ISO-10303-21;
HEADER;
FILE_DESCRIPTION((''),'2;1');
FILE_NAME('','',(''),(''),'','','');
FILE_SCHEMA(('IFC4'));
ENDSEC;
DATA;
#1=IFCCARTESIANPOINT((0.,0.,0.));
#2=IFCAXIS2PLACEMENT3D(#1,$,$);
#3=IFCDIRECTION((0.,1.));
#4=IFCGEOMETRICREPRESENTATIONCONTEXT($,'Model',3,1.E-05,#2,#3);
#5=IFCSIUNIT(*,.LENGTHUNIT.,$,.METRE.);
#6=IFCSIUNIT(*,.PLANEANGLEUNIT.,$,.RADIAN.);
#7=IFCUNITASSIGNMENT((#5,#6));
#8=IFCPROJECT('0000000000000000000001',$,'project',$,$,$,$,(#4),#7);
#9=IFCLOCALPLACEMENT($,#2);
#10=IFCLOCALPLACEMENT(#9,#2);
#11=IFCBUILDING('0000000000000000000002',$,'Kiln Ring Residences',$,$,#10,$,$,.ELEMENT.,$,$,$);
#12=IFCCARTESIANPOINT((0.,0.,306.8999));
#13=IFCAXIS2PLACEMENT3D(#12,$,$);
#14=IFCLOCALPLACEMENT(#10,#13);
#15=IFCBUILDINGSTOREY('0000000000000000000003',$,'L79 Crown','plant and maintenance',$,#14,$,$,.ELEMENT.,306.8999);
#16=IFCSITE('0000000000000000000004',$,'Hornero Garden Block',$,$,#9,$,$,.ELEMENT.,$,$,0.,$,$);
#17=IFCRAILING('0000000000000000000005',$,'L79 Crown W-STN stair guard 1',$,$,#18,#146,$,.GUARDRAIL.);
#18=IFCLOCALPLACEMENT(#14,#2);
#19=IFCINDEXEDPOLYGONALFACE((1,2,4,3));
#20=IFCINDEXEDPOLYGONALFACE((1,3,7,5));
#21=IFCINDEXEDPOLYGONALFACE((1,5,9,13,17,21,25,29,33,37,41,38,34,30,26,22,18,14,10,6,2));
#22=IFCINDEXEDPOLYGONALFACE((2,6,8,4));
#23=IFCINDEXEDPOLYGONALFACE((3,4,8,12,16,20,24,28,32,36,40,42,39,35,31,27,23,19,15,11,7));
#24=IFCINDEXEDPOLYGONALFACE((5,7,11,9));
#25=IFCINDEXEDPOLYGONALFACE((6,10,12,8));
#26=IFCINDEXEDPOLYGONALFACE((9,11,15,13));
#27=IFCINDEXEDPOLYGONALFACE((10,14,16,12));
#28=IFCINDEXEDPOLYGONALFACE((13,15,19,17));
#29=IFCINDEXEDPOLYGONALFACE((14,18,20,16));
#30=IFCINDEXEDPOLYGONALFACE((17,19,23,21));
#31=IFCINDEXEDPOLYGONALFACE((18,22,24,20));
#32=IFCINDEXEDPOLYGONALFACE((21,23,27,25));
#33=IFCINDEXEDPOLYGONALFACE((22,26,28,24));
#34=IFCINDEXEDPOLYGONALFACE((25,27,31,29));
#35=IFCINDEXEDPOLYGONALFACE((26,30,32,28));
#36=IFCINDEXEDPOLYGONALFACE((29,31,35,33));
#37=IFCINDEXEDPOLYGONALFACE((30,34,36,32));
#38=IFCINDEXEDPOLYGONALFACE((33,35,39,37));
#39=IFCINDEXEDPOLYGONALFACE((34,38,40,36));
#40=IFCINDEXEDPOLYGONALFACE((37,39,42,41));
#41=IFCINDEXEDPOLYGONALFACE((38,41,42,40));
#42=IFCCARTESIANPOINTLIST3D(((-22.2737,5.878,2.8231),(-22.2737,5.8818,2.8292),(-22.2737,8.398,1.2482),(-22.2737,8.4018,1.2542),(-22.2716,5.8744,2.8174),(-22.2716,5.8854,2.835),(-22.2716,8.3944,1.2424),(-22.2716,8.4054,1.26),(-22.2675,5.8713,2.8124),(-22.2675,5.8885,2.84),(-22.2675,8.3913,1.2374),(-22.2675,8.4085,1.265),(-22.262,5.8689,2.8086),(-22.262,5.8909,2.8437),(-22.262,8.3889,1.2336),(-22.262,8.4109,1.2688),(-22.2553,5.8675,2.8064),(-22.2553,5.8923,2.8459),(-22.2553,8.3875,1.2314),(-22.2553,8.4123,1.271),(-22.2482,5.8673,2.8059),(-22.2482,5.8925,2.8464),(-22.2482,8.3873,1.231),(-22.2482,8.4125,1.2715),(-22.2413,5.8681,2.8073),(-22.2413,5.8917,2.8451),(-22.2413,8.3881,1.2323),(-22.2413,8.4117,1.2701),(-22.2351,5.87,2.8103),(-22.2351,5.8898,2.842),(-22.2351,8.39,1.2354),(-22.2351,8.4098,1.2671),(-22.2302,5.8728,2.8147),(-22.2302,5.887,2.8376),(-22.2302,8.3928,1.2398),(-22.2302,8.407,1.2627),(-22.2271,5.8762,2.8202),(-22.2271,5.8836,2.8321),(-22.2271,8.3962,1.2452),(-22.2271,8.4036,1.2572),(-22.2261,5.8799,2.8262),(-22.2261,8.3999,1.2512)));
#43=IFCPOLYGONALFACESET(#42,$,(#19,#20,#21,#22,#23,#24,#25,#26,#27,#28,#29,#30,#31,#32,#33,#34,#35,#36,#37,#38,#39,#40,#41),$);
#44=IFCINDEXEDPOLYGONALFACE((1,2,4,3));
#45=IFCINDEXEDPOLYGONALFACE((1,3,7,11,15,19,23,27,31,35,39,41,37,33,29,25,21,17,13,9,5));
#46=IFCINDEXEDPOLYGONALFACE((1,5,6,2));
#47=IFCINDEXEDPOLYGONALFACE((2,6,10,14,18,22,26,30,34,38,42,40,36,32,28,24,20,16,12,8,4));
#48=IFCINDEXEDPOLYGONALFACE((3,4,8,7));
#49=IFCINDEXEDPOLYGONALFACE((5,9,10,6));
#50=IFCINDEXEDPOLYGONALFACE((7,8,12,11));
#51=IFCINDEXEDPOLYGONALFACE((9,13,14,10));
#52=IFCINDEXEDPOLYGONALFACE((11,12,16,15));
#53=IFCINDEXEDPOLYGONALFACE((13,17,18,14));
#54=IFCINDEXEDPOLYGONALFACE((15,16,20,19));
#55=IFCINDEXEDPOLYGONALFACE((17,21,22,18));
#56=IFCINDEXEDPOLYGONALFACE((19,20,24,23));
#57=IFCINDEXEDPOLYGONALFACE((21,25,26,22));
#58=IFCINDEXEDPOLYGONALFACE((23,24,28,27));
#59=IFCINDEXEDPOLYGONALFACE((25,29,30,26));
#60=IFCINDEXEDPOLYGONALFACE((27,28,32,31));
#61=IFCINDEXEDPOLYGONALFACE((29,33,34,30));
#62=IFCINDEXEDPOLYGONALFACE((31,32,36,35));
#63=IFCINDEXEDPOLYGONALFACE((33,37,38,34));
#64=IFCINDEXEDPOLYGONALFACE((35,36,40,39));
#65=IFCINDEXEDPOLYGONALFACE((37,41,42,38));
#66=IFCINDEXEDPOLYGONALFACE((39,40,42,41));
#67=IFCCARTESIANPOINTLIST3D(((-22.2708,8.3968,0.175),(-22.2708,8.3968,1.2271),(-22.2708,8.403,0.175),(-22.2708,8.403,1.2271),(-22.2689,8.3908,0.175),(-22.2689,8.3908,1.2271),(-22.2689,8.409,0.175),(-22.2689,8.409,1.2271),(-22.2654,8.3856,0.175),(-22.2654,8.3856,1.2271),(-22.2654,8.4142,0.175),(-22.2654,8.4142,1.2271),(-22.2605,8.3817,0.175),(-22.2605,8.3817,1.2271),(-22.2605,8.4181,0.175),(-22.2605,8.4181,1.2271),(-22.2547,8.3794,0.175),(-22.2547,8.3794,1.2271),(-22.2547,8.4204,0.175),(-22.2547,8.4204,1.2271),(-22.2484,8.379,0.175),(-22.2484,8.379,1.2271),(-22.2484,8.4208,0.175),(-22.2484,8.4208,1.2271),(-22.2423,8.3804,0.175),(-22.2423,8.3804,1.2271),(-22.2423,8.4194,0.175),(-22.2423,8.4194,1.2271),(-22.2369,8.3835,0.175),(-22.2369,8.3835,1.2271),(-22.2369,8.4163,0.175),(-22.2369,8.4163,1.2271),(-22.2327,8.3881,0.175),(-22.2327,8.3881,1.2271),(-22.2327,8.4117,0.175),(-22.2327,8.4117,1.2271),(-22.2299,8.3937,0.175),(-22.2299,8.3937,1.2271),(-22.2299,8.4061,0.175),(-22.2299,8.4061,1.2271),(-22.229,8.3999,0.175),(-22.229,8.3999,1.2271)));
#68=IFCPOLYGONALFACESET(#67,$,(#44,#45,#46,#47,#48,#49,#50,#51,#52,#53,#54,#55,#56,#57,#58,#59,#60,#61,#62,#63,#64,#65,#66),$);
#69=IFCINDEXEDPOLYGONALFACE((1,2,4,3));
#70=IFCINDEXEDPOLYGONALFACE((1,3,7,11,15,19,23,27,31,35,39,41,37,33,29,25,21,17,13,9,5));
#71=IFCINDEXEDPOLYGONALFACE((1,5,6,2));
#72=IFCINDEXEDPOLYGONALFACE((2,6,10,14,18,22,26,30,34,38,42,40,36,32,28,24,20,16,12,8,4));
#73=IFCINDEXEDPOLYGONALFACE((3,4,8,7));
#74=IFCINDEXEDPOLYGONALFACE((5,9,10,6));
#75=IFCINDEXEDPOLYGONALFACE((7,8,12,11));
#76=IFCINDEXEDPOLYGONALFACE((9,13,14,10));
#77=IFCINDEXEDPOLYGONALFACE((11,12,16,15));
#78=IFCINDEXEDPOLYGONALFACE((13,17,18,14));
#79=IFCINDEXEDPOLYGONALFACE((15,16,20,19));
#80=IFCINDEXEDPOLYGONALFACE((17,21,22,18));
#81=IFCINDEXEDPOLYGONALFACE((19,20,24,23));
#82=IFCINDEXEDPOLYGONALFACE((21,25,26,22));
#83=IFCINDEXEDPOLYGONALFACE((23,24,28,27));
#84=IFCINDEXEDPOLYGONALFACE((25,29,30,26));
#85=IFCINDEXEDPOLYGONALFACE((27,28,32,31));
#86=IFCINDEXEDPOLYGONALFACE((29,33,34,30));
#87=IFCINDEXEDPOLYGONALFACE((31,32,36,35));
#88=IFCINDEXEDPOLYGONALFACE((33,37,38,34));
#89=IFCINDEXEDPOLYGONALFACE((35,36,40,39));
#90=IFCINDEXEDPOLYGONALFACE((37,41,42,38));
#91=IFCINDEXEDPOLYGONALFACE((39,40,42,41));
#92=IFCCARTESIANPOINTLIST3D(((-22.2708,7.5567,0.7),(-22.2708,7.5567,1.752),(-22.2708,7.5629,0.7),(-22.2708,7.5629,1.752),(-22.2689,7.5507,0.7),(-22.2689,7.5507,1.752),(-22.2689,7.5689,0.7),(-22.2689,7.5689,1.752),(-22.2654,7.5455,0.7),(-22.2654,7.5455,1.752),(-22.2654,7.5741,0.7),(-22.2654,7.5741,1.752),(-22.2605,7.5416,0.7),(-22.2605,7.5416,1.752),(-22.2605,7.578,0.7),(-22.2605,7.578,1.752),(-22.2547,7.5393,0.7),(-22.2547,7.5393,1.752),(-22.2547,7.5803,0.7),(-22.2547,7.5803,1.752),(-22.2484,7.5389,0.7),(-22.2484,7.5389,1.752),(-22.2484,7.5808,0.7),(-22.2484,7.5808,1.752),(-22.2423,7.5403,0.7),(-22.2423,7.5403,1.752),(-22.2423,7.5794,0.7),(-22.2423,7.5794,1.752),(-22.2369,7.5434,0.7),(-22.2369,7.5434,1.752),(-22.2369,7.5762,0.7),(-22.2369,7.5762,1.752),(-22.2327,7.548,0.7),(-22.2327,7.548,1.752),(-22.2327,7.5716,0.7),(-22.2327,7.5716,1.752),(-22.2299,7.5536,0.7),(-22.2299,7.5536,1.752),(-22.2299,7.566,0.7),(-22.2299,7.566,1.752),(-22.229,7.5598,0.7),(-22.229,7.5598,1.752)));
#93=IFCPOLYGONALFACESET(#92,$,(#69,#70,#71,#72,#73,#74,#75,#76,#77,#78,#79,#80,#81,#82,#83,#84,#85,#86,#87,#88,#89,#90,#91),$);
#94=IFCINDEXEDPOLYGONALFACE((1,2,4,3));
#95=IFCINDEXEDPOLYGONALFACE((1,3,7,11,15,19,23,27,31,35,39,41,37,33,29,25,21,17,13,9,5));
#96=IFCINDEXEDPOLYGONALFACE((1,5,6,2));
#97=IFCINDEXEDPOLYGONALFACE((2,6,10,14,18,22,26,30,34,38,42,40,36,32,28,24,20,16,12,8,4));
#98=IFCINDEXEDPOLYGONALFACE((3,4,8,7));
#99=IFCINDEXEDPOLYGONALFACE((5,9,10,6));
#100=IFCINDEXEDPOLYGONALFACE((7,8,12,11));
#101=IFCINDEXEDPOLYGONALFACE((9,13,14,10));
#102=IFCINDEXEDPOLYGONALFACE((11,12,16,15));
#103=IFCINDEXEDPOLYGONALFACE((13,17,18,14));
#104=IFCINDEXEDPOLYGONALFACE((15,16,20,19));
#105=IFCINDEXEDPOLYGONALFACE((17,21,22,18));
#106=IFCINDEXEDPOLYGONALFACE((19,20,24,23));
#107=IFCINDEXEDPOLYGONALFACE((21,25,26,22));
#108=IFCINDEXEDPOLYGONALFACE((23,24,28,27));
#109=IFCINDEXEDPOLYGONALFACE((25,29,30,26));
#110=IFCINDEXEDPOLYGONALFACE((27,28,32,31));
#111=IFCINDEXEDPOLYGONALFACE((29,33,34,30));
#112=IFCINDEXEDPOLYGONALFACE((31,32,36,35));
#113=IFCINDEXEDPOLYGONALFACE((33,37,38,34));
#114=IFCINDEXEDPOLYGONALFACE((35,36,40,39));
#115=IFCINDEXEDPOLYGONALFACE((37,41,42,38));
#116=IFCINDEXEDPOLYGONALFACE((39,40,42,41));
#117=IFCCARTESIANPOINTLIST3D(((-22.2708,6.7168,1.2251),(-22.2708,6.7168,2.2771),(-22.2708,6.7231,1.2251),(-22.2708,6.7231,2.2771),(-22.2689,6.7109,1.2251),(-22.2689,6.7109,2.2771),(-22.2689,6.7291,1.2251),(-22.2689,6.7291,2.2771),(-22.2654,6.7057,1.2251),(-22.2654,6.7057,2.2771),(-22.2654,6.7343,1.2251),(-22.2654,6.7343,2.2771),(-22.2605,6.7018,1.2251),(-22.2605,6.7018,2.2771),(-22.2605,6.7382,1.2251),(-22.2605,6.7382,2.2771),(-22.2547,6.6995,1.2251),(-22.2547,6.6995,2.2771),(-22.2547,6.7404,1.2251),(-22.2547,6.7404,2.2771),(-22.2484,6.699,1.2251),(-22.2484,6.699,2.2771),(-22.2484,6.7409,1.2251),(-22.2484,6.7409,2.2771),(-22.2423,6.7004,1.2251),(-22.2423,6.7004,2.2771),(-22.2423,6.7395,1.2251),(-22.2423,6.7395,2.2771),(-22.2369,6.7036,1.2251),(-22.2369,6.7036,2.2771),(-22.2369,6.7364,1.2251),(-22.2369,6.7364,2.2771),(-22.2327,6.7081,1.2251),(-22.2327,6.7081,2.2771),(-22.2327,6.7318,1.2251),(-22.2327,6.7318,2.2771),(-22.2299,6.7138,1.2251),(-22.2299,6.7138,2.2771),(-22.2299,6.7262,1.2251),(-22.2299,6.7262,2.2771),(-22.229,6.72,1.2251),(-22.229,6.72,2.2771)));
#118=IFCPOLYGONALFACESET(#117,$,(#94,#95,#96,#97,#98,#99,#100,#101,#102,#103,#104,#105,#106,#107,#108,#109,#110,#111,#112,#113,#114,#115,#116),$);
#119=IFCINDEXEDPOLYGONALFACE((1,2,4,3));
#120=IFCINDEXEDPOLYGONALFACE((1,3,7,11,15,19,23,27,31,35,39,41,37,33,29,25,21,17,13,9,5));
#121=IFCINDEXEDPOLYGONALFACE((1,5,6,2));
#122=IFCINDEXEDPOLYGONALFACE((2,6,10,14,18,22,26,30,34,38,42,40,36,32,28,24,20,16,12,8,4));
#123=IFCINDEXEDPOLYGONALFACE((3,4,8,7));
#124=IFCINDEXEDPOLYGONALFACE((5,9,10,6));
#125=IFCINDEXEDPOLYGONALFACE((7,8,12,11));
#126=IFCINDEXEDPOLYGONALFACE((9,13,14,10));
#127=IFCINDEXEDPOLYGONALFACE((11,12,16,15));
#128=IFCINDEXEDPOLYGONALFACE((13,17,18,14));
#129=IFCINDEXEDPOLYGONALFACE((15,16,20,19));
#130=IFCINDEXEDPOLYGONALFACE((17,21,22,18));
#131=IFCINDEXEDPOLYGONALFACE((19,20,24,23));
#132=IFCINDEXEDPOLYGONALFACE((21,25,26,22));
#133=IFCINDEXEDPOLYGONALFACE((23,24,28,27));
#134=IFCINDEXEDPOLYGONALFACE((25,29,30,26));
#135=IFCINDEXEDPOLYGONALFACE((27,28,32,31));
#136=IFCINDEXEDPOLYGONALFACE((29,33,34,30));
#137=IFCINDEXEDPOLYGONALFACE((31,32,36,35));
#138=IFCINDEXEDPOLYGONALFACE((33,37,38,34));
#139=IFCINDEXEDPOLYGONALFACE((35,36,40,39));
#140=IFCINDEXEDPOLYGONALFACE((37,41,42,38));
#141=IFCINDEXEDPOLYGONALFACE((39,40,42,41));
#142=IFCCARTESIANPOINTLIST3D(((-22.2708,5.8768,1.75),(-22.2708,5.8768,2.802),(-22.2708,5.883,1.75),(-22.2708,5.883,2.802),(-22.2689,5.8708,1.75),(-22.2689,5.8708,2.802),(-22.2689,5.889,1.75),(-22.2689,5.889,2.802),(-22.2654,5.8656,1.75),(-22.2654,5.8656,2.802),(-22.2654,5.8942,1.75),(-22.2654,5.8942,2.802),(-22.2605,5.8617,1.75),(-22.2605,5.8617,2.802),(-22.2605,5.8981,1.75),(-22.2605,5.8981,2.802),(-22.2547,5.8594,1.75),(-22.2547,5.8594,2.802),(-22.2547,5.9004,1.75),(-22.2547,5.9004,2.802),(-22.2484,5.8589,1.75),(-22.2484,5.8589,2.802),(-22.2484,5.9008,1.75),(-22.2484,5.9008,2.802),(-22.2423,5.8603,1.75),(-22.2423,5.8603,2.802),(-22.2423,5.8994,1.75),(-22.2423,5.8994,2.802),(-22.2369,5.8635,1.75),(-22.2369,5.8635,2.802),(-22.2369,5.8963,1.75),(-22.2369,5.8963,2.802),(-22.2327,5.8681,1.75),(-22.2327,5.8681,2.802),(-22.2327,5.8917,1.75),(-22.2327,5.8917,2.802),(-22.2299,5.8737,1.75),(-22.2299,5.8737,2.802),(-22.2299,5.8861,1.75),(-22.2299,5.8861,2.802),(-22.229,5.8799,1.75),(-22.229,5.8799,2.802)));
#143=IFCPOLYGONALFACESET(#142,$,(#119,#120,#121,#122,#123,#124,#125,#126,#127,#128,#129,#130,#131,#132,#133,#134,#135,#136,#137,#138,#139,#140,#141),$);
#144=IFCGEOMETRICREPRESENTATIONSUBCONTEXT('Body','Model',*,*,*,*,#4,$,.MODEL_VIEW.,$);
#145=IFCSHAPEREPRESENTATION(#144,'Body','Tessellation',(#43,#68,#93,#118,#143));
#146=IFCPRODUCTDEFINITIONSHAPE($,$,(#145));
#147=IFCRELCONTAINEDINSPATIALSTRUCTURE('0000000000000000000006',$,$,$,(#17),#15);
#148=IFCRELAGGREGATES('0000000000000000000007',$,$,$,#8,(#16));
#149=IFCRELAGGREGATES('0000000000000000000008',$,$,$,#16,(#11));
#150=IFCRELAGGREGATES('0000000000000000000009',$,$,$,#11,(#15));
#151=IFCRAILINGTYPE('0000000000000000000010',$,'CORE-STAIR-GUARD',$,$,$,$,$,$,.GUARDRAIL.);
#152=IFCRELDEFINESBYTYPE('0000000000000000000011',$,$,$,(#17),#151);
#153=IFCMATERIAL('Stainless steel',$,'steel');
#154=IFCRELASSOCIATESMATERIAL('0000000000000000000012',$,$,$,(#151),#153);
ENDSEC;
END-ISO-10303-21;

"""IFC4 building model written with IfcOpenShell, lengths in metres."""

from ifc_helpers import new_model, si_unit, direction, frame, origin, origin_2d, place, context, subcontext, project, spatial, circle, extrude, material, type_object, element, save


model = new_model("IFC4")

# Units and contexts
model_context = context("Model", 3, precision=1e-05, world=origin(), true_north=direction((0.0, 1.0)))
body_context = subcontext(model_context, "Body", "Model", "MODEL_VIEW")
ifc_project = project(units=[si_unit("LENGTHUNIT", "METRE"), si_unit("PLANEANGLEUNIT", "RADIAN")], contexts=[model_context])

# Site, building, storey
site_placement = place(None, origin())
site = spatial("IfcSite", under=ifc_project, at=site_placement, Name="Hornero Garden Block", CompositionType="ELEMENT", RefElevation=0.0)
building_placement = place(site_placement, origin())
building = spatial("IfcBuilding", under=site, at=building_placement, Name="Kiln Ring Residences", CompositionType="ELEMENT")
storey_placement = place(building_placement, frame((0.0, 0.0, 306.8999)))
storey = spatial("IfcBuildingStorey", under=building, at=storey_placement, Name="L79 Crown", Description="plant and maintenance", CompositionType="ELEMENT", Elevation=306.8999)

# Railing
ifc_material_1 = material(Name="Stainless steel", Category="steel")
railing_type_1 = type_object("IfcRailingType", Name="CORE-STAIR-GUARD", PredefinedType="GUARDRAIL", material=ifc_material_1)
railing_1_placement = place(storey_placement, frame((-22.25, 8.3999, 0.175)))
element("IfcRailing", 1, at=railing_1_placement, inside=storey, type_object=railing_type_1, Name="L79 Crown W-STN stair guard 1", PredefinedType="GUARDRAIL", context=body_context, shape_type="SweptSolid", body=[
    extrude(circle(Radius=0.0239, at=origin_2d()), frame((0.0, 0.0, 1.0762), z_axis=(0.0, -0.848008, 0.529984), x_axis=(1.0, 0.0, 0.0)), (0.0, 0.0, 1.0), 2.9717),
    extrude(circle(Radius=0.021, at=origin_2d()), origin(), (0.0, 0.0, 1.0), 1.052),
    extrude(circle(Radius=0.021, at=origin_2d()), frame((0.0, -0.8401, 0.5249)), (0.0, 0.0, 1.0), 1.052),
    extrude(circle(Radius=0.021, at=origin_2d()), frame((0.0, -1.6799, 1.05)), (0.0, 0.0, 1.0), 1.052),
    extrude(circle(Radius=0.021, at=origin_2d()), frame((0.0, -2.52, 1.575)), (0.0, 0.0, 1.0), 1.052),
])

save(model, "model.ifc")
